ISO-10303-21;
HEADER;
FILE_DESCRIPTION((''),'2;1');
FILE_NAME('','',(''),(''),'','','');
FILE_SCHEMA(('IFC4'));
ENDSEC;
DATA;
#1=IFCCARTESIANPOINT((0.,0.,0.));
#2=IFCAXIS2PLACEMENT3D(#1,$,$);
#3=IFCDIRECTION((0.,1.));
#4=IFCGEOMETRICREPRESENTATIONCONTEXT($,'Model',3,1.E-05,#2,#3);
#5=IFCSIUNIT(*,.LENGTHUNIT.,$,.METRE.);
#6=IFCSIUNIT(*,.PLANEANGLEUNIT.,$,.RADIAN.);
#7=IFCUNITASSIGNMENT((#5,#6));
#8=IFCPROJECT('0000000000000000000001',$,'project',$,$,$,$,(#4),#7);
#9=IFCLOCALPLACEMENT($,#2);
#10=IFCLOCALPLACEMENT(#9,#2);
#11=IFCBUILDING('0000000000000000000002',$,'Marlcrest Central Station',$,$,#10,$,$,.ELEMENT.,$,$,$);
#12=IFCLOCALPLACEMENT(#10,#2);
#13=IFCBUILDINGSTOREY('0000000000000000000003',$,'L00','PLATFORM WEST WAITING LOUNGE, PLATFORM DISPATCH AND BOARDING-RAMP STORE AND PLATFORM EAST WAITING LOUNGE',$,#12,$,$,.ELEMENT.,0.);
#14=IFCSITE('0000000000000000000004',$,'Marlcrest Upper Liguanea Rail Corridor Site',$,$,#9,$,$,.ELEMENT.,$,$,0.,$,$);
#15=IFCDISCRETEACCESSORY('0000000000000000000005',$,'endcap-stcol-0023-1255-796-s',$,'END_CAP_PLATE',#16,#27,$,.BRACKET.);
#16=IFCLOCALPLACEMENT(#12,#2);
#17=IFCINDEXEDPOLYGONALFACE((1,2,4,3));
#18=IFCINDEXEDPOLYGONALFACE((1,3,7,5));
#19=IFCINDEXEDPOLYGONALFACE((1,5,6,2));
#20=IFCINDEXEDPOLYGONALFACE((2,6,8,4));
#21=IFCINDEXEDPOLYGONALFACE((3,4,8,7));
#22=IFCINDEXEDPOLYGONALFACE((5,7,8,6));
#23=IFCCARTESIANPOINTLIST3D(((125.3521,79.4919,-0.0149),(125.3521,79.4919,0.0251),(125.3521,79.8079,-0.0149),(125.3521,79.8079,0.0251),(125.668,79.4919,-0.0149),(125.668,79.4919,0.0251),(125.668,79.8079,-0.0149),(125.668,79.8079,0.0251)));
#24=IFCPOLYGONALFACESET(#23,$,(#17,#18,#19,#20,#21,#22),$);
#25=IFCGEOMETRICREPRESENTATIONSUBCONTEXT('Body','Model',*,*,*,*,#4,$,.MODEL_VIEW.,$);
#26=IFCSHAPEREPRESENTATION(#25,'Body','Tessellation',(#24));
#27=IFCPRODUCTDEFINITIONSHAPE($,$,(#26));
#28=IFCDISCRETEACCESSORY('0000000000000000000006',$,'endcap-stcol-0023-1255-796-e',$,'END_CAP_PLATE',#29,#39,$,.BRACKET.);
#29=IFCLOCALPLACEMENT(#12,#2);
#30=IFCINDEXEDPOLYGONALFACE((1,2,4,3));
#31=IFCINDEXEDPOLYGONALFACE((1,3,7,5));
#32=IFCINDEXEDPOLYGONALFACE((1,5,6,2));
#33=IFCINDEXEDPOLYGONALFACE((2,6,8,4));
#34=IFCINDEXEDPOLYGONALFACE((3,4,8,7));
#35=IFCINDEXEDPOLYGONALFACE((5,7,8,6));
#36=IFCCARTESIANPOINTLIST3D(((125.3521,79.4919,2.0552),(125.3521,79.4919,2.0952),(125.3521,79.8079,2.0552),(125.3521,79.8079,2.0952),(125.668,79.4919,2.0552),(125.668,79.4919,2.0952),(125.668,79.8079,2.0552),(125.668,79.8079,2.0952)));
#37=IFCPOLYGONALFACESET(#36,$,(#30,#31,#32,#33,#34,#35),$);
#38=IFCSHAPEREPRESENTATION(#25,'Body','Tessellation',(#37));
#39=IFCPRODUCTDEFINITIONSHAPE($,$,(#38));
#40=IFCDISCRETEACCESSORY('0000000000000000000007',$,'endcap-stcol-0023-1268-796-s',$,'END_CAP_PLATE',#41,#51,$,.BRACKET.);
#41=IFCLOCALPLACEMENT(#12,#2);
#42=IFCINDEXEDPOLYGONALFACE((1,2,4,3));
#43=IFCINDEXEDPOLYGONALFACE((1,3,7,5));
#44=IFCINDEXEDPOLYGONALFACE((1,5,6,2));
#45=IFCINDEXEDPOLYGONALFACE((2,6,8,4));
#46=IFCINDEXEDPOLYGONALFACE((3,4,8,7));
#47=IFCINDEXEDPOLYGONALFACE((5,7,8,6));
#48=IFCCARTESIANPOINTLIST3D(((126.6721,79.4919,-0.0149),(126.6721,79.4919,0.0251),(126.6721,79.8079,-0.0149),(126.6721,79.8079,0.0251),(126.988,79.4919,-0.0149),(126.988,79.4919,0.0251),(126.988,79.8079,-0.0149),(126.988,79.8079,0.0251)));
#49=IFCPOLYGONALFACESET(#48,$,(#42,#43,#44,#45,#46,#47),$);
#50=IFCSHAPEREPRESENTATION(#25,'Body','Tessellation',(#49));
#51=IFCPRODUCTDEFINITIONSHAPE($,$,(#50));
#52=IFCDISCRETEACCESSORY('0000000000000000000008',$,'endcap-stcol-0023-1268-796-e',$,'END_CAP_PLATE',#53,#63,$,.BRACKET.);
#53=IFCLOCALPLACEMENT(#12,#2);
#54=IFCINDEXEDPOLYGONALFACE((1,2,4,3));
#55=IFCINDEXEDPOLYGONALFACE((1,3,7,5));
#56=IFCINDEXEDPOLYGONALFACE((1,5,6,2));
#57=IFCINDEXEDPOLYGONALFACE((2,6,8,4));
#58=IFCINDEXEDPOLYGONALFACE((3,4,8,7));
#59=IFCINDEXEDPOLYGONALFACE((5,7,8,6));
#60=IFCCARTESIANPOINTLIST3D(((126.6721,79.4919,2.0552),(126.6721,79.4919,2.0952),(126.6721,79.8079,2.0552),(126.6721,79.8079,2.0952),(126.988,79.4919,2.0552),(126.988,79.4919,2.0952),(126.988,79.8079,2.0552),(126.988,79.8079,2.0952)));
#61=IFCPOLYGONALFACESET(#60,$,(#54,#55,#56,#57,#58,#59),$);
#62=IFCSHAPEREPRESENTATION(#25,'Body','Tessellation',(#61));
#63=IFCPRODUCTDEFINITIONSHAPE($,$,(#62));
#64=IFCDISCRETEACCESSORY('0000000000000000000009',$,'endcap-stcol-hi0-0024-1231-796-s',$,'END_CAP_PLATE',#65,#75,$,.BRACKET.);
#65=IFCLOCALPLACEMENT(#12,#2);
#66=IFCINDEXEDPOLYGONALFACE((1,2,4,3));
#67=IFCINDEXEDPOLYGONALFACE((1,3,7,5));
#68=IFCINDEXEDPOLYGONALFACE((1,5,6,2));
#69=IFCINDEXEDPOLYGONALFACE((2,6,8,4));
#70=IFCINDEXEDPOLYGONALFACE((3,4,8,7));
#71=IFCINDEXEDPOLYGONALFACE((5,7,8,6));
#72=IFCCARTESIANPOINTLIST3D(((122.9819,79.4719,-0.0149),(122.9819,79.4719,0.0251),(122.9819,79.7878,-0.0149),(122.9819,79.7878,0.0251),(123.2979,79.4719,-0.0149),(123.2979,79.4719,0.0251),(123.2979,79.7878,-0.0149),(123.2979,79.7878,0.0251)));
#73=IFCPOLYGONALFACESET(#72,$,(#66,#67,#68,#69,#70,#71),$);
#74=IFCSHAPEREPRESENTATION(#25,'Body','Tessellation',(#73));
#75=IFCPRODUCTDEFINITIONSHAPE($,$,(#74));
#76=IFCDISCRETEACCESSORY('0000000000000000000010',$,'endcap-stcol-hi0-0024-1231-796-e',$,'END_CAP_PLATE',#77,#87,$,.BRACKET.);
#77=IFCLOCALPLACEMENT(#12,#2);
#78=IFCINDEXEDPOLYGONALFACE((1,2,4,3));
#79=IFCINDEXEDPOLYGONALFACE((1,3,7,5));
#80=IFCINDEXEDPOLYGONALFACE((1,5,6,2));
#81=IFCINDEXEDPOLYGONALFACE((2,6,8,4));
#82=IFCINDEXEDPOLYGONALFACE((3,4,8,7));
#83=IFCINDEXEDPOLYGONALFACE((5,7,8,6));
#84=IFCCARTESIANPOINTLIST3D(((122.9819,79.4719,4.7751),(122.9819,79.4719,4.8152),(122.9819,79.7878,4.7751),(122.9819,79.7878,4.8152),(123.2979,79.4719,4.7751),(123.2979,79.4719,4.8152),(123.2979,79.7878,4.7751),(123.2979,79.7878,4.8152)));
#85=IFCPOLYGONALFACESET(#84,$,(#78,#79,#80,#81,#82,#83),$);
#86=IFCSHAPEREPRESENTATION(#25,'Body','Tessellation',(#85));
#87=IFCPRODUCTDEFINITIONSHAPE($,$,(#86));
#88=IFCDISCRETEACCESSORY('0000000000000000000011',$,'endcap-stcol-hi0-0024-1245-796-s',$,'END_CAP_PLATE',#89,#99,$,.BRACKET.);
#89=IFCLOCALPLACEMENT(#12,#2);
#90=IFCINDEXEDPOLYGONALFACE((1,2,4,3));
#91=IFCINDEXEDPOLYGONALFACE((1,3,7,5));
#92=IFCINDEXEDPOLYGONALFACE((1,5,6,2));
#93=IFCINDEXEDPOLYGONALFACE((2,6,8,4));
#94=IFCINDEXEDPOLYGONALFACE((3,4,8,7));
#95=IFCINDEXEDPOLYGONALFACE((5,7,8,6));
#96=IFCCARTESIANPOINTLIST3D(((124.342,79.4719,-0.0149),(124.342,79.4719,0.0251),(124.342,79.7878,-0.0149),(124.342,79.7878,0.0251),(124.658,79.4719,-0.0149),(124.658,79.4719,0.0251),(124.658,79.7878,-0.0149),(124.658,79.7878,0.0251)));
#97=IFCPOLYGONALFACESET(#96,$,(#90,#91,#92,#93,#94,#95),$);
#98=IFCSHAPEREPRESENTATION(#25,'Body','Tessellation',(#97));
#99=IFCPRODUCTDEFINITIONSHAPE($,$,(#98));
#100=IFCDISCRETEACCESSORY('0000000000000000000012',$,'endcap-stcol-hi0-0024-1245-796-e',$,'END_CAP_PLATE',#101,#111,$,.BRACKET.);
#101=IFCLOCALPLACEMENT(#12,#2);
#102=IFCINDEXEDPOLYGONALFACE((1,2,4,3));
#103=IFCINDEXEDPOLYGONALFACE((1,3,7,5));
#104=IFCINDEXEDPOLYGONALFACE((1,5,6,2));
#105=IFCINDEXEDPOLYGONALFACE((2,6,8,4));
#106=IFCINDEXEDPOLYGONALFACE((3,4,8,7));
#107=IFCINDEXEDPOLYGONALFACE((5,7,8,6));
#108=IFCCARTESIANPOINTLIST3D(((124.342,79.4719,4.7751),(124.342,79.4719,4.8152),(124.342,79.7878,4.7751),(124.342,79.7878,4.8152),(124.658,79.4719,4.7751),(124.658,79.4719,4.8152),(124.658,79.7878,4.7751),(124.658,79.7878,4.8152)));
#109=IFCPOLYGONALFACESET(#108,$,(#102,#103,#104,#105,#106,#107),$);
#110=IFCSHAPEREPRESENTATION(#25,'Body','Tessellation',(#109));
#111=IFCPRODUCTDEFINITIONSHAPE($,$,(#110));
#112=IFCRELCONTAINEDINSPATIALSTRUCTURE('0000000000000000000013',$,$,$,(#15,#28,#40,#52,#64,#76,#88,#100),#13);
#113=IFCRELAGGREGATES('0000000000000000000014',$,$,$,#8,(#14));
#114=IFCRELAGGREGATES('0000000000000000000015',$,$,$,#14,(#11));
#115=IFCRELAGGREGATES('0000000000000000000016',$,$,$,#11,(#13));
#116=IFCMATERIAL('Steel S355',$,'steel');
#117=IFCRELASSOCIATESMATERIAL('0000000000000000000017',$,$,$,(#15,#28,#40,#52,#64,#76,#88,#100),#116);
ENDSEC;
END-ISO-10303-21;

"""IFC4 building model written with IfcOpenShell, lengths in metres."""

from ifc_helpers import new_model, si_unit, direction, frame, origin, origin_2d, place, context, subcontext, project, spatial, rectangle, extrude, material, element, save


model = new_model("IFC4")

# Units and contexts
model_context = context("Model", 3, precision=1e-05, world=origin(), true_north=direction((0.0, 1.0)))
body_context = subcontext(model_context, "Body", "Model", "MODEL_VIEW")
ifc_project = project(units=[si_unit("LENGTHUNIT", "METRE"), si_unit("PLANEANGLEUNIT", "RADIAN")], contexts=[model_context])

# Site, building, storey
site_placement = place(None, origin())
site = spatial("IfcSite", under=ifc_project, at=site_placement, Name="Marlcrest Upper Liguanea Rail Corridor Site", CompositionType="ELEMENT", RefElevation=0.0)
building_placement = place(site_placement, origin())
building = spatial("IfcBuilding", under=site, at=building_placement, Name="Marlcrest Central Station", CompositionType="ELEMENT")
storey_placement = place(building_placement, origin())
storey = spatial("IfcBuildingStorey", under=building, at=storey_placement, Name="L00", Description="PLATFORM WEST WAITING LOUNGE, PLATFORM DISPATCH AND BOARDING-RAMP STORE AND PLATFORM EAST WAITING LOUNGE", CompositionType="ELEMENT", Elevation=0.0)

# Shared definitions
ifc_material_1 = material(Name="Steel S355", Category="steel")

# Discrete accessories
for number, where, z_axis, x_axis, name in (
    (1, (125.51, 79.6499, -0.0149), (0.0, 0.0, 1.0), (1.0, 0.0, 0.0), "endcap-stcol-0023-1255-796-s"),
    (2, (125.51, 79.6499, 2.0552), (0.0, 0.0, 1.0), (1.0, 0.0, 0.0), "endcap-stcol-0023-1255-796-e"),
    (3, (126.8301, 79.6499, -0.0149), (0.0, 0.0, 1.0), (1.0, 0.0, 0.0), "endcap-stcol-0023-1268-796-s"),
    (4, (126.8301, 79.6499, 2.0552), (0.0, 0.0, 1.0), (1.0, 0.0, 0.0), "endcap-stcol-0023-1268-796-e"),
    (5, (123.1399, 79.6299, -0.0149), (0.0, 0.0, 1.0), (1.0, 0.0, 0.0), "endcap-stcol-hi0-0024-1231-796-s"),
    (6, (123.1399, 79.6299, 4.7751), (0.0, 0.0, 1.0), (1.0, 0.0, 0.0), "endcap-stcol-hi0-0024-1231-796-e"),
    (7, (124.5, 79.6299, -0.0149), (0.0, 0.0, 1.0), (1.0, 0.0, 0.0), "endcap-stcol-hi0-0024-1245-796-s"),
    (8, (124.5, 79.6299, 4.7751), (0.0, 0.0, 1.0), (1.0, 0.0, 0.0), "endcap-stcol-hi0-0024-1245-796-e"),
):
    element("IfcDiscreteAccessory", number, at=place(storey_placement, frame(where, z_axis=z_axis, x_axis=x_axis)), inside=storey, material=ifc_material_1, Name=name, ObjectType="END_CAP_PLATE", PredefinedType="BRACKET", context=body_context, shape_type="SweptSolid", body=[
        extrude(rectangle(XDim=0.3159, YDim=0.3159, at=origin_2d()), origin(), (0.0, 0.0, 1.0), 0.04),
    ])

save(model, "model.ifc")
